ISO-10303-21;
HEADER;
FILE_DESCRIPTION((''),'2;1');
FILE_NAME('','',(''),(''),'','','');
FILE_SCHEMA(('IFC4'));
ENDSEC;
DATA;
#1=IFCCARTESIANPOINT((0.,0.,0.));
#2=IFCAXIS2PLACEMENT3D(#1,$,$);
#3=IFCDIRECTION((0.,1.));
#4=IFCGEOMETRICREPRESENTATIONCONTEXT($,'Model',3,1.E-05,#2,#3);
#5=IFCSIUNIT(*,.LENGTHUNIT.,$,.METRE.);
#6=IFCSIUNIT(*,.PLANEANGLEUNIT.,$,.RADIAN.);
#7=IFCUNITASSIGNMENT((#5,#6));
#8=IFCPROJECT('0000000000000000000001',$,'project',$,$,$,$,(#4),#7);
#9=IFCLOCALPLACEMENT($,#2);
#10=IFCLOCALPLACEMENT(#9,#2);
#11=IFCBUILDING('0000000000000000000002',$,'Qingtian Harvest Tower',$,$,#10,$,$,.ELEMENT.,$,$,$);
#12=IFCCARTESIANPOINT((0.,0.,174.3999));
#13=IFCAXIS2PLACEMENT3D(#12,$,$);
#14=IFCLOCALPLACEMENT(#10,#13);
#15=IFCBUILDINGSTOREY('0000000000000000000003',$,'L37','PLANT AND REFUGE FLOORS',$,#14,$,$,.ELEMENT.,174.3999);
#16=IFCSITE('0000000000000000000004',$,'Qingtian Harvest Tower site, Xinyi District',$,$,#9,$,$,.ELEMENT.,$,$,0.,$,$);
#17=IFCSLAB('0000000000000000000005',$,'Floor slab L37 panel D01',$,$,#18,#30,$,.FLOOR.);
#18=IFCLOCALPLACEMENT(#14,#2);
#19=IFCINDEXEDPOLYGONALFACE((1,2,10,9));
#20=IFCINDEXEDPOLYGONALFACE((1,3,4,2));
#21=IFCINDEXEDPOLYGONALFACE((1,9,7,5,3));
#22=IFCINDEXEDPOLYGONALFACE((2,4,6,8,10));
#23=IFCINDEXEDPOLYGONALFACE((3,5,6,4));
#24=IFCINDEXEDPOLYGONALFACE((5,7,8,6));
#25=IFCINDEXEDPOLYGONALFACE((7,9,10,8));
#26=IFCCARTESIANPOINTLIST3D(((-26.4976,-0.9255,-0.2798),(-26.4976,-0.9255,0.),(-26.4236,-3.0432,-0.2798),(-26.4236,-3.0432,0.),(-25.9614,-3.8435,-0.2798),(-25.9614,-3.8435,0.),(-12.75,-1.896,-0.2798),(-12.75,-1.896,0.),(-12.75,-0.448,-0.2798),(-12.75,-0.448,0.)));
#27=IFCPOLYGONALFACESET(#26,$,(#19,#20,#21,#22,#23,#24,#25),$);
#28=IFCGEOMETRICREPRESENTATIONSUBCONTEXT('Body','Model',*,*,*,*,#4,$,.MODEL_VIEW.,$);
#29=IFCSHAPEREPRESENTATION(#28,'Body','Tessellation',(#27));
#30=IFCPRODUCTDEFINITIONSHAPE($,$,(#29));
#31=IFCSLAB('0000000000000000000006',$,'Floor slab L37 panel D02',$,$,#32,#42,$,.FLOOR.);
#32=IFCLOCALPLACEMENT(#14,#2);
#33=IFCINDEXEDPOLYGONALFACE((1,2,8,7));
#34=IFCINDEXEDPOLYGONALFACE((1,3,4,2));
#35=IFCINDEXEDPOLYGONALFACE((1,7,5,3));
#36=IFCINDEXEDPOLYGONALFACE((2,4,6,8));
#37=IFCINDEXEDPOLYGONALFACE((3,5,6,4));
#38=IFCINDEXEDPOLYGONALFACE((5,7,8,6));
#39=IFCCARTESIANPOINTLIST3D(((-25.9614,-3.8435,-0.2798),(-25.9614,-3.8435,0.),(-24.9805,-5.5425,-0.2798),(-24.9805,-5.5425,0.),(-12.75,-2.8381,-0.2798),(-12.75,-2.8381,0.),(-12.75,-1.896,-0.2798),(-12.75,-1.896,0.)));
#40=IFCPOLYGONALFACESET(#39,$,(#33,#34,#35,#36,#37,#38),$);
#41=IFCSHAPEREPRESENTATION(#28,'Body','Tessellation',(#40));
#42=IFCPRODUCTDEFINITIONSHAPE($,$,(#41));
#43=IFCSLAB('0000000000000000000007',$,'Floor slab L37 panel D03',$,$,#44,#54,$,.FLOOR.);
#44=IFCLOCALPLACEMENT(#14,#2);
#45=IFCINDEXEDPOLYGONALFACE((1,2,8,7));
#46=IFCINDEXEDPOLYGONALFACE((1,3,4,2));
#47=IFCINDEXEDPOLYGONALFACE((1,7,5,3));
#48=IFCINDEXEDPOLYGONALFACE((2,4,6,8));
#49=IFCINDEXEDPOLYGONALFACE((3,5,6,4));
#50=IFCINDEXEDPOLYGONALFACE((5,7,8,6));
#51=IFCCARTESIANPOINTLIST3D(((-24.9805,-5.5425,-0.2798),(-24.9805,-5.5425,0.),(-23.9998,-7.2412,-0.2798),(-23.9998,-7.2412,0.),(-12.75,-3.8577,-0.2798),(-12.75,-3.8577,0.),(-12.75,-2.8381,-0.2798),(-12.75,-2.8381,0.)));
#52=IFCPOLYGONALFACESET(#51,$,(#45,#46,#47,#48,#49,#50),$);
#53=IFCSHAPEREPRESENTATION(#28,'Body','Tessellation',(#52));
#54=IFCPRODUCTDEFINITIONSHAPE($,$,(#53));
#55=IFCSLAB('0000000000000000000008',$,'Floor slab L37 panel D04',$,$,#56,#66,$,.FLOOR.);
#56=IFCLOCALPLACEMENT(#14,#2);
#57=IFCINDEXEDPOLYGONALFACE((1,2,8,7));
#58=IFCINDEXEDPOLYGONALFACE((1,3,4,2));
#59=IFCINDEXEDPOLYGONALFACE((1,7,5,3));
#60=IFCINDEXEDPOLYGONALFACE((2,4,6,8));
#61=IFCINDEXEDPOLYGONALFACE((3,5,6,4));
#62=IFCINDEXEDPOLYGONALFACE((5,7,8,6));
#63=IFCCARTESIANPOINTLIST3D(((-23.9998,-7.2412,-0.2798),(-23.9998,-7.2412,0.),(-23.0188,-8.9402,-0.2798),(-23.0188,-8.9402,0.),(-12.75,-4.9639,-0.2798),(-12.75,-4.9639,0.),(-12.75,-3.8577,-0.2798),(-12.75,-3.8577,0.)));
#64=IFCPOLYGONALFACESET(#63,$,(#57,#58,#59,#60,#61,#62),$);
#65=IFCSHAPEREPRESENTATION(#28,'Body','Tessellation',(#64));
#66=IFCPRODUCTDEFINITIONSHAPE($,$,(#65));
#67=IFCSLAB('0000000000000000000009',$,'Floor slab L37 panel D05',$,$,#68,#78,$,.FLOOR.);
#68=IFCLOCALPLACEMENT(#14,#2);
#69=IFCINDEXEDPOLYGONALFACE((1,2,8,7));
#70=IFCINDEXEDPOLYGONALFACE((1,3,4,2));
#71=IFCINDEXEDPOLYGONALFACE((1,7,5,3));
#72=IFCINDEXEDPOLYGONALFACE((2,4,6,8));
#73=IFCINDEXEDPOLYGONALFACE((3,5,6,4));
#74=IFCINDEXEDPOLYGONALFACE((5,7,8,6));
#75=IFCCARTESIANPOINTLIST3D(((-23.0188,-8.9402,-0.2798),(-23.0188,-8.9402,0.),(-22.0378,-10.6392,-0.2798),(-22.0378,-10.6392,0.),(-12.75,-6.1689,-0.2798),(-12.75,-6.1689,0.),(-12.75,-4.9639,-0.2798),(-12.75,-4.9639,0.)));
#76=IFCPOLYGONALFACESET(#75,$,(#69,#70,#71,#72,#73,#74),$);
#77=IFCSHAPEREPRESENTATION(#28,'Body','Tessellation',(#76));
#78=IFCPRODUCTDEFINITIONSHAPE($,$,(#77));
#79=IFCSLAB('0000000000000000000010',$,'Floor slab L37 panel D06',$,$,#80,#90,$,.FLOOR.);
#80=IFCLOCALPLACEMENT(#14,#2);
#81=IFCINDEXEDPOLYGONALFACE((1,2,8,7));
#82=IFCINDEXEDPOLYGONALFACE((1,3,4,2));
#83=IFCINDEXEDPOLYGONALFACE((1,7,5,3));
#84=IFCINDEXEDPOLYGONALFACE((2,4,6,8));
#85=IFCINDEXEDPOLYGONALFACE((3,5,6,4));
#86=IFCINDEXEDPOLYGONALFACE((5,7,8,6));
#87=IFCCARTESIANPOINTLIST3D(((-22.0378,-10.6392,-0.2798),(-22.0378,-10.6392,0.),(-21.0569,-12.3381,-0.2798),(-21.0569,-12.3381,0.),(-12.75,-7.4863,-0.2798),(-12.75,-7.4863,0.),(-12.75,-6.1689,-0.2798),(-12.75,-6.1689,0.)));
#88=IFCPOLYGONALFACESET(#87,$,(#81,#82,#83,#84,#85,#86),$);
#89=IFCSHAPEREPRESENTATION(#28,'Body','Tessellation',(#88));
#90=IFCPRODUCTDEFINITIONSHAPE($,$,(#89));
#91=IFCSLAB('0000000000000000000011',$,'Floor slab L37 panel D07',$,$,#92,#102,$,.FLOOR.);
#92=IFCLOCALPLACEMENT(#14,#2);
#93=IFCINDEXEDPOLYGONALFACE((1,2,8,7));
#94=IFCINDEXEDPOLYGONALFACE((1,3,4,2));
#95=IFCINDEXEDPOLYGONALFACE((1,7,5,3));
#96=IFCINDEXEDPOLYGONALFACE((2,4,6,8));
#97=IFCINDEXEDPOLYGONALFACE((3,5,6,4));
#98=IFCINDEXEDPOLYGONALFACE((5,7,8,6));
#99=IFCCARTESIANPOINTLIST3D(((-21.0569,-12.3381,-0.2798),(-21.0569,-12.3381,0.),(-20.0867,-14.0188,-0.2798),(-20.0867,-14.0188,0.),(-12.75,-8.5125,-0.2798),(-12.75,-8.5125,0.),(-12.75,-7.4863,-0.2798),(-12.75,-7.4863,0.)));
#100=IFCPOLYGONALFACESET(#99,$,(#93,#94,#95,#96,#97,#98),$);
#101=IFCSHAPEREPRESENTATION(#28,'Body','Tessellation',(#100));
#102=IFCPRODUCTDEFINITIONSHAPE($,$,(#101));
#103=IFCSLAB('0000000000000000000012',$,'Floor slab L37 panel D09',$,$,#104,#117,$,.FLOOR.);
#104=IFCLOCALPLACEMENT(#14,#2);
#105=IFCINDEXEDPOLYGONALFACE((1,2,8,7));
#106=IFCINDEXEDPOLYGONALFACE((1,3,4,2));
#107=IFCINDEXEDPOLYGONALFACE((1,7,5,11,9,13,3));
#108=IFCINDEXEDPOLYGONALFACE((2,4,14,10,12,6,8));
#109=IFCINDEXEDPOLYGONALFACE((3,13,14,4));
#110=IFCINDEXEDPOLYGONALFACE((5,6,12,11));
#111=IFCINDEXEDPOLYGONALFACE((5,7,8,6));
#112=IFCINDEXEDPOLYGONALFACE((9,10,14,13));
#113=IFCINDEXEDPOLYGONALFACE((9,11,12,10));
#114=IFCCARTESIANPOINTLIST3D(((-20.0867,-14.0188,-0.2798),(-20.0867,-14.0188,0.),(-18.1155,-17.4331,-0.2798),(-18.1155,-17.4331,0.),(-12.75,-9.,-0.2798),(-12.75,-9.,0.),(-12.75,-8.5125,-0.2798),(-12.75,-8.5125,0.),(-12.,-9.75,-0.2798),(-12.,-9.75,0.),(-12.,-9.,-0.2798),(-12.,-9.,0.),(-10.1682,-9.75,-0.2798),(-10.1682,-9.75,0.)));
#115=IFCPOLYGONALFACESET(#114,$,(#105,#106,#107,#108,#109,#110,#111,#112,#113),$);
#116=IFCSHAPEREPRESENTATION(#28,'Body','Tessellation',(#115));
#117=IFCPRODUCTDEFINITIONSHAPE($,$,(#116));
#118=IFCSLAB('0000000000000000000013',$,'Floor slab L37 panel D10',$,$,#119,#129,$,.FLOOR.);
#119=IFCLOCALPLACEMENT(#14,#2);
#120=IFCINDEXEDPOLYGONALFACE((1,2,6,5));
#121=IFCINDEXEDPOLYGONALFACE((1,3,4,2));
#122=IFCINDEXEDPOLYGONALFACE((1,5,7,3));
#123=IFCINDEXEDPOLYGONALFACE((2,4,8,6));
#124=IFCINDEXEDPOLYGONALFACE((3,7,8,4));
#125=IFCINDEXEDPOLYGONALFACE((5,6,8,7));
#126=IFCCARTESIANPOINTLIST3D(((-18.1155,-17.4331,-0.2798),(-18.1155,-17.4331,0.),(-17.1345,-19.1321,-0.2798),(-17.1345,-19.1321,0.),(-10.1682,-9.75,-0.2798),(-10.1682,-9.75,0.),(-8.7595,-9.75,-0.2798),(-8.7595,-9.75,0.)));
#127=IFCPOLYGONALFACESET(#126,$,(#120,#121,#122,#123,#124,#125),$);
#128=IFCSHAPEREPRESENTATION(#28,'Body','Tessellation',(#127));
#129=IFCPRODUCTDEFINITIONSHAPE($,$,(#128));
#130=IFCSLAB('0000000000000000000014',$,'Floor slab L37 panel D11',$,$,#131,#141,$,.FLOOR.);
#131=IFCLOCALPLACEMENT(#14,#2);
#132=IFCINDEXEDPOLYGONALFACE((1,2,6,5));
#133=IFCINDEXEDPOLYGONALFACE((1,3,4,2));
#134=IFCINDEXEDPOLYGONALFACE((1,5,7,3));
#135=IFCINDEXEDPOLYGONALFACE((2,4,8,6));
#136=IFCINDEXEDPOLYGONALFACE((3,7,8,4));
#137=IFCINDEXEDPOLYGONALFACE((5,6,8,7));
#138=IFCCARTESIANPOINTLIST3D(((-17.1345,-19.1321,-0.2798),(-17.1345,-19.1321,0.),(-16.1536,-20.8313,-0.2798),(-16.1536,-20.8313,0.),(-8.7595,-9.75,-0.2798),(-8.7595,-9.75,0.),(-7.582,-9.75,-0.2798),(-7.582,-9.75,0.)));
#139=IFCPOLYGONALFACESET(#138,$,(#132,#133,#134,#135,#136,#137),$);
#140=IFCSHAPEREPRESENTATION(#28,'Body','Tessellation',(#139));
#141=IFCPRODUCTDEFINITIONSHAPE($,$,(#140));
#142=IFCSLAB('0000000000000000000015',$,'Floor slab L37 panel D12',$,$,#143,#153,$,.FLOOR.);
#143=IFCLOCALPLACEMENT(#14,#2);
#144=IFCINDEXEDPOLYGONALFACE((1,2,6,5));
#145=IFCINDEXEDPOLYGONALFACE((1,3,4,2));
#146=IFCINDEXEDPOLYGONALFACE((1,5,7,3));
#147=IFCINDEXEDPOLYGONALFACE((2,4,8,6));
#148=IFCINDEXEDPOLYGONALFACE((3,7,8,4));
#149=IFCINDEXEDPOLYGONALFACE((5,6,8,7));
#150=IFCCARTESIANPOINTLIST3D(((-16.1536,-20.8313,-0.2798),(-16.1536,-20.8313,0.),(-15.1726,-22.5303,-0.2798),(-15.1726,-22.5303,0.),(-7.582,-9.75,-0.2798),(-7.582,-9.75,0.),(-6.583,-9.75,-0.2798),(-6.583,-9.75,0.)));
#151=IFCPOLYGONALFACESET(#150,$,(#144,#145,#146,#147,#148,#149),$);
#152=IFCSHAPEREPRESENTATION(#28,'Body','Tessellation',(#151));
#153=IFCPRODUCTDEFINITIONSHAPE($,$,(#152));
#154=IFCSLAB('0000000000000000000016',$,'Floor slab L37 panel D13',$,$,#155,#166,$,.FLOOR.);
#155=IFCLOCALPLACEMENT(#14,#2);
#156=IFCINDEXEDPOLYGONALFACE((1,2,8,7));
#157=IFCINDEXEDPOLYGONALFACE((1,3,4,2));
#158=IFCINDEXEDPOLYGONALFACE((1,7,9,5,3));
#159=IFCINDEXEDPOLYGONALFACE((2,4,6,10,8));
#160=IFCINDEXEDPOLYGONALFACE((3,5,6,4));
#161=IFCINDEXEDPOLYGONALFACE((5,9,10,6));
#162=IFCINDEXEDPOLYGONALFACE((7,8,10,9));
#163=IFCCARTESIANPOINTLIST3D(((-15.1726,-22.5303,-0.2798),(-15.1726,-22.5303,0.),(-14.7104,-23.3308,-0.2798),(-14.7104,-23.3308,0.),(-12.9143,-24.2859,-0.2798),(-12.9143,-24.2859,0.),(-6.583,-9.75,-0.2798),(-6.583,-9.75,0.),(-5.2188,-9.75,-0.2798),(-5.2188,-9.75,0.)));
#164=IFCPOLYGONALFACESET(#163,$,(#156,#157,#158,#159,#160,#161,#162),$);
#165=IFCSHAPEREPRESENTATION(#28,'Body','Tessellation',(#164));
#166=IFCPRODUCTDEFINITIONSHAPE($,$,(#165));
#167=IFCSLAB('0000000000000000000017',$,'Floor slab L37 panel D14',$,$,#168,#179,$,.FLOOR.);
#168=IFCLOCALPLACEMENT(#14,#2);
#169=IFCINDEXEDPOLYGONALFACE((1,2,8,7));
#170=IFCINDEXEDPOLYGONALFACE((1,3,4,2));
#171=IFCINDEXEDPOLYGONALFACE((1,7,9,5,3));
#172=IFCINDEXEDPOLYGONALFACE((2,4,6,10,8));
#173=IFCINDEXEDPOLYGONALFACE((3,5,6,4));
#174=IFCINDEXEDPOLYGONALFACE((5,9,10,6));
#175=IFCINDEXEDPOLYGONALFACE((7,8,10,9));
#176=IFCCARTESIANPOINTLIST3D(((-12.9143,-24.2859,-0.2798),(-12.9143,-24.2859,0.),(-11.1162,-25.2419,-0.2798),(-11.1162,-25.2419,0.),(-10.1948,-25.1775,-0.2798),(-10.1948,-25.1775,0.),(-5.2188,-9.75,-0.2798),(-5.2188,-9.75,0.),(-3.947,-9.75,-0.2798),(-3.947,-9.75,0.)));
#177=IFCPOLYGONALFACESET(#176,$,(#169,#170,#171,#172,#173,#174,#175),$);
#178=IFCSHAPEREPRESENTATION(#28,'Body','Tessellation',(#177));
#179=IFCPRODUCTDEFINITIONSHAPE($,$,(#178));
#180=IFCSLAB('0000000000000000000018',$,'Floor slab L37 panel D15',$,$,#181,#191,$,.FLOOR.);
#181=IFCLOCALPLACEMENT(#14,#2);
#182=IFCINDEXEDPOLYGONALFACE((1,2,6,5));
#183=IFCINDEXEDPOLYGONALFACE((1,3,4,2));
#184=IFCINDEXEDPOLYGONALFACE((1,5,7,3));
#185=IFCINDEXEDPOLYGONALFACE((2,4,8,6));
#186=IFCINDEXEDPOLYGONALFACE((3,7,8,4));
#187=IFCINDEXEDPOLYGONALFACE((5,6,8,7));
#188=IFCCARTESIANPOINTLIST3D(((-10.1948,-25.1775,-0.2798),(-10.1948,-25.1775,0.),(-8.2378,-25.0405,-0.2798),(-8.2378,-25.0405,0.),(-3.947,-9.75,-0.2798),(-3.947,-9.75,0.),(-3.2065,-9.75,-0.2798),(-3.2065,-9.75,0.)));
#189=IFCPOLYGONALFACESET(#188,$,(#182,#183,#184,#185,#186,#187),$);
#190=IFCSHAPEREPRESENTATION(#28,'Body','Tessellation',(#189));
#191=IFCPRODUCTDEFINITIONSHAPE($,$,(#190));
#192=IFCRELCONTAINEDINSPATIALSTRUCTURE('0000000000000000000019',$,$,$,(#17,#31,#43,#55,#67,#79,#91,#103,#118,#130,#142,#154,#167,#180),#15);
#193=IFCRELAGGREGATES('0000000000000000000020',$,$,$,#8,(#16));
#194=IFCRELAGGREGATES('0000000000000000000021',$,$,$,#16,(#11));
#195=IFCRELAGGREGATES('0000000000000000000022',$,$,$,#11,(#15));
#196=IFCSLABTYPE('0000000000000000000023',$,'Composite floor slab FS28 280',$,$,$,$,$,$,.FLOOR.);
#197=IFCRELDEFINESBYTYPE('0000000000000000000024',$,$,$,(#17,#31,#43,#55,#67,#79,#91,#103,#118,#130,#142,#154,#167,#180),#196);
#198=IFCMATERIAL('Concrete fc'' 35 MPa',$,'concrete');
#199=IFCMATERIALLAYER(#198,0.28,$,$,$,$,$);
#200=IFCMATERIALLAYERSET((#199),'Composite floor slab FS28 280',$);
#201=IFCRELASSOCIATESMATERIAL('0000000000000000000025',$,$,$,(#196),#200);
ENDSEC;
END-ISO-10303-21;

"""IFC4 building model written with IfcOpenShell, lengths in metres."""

from ifc_helpers import new_model, si_unit, direction, frame, origin, place, context, subcontext, project, spatial, polyline, outline, extrude, material, layer, layer_set, type_object, element, save


model = new_model("IFC4")

# Units and contexts
model_context = context("Model", 3, precision=1e-05, world=origin(), true_north=direction((0.0, 1.0)))
body_context = subcontext(model_context, "Body", "Model", "MODEL_VIEW")
ifc_project = project(units=[si_unit("LENGTHUNIT", "METRE"), si_unit("PLANEANGLEUNIT", "RADIAN")], contexts=[model_context])

# Site, building, storey
site_placement = place(None, origin())
site = spatial("IfcSite", under=ifc_project, at=site_placement, Name="Qingtian Harvest Tower site, Xinyi District", CompositionType="ELEMENT", RefElevation=0.0)
building_placement = place(site_placement, origin())
building = spatial("IfcBuilding", under=site, at=building_placement, Name="Qingtian Harvest Tower", CompositionType="ELEMENT")
storey_placement = place(building_placement, frame((0.0, 0.0, 174.3999)))
storey = spatial("IfcBuildingStorey", under=building, at=storey_placement, Name="L37", Description="PLANT AND REFUGE FLOORS", CompositionType="ELEMENT", Elevation=174.3999)

# Slabs
ifc_material_1 = material(Name="Concrete fc' 35 MPa", Category="concrete")
ifc_layer_1 = layer(ifc_material_1, 0.28)
ifc_layer_set_1 = layer_set([ifc_layer_1], Name="Composite floor slab FS28 280")
slab_type_1 = type_object("IfcSlabType", Name="Composite floor slab FS28 280", PredefinedType="FLOOR", material=ifc_layer_set_1)
slab_1_placement = place(storey_placement, frame((0.0, 0.0, -0.2798)))
element("IfcSlab", 1, at=slab_1_placement, inside=storey, type_object=slab_type_1, Name="Floor slab L37 panel D01", PredefinedType="FLOOR", context=body_context, shape_type="SweptSolid", body=[
    extrude(outline(polyline([(-26.4976, -0.9255), (-12.75, -0.448), (-12.75, -1.896), (-25.9614, -3.8435), (-26.4236, -3.0432), (-26.4976, -0.9255)])), origin(), (0.0, 0.0, 1.0), 0.2798),
])
slab_2_placement = place(storey_placement, frame((0.0, 0.0, -0.2798)))
element("IfcSlab", 2, at=slab_2_placement, inside=storey, type_object=slab_type_1, Name="Floor slab L37 panel D02", PredefinedType="FLOOR", context=body_context, shape_type="SweptSolid", body=[
    extrude(outline(polyline([(-12.75, -2.8381), (-24.9805, -5.5425), (-25.9614, -3.8435), (-12.75, -1.896), (-12.75, -2.8381)])), origin(), (0.0, 0.0, 1.0), 0.2798),
])
slab_3_placement = place(storey_placement, frame((0.0, 0.0, -0.2798)))
element("IfcSlab", 3, at=slab_3_placement, inside=storey, type_object=slab_type_1, Name="Floor slab L37 panel D03", PredefinedType="FLOOR", context=body_context, shape_type="SweptSolid", body=[
    extrude(outline(polyline([(-12.75, -3.8577), (-23.9998, -7.2412), (-24.9805, -5.5425), (-12.75, -2.8381), (-12.75, -3.8577)])), origin(), (0.0, 0.0, 1.0), 0.2798),
])
slab_4_placement = place(storey_placement, frame((0.0, 0.0, -0.2798)))
element("IfcSlab", 4, at=slab_4_placement, inside=storey, type_object=slab_type_1, Name="Floor slab L37 panel D04", PredefinedType="FLOOR", context=body_context, shape_type="SweptSolid", body=[
    extrude(outline(polyline([(-12.75, -4.9639), (-23.0188, -8.9402), (-23.9998, -7.2412), (-12.75, -3.8577), (-12.75, -4.9639)])), origin(), (0.0, 0.0, 1.0), 0.2798),
])
slab_5_placement = place(storey_placement, frame((0.0, 0.0, -0.2798)))
element("IfcSlab", 5, at=slab_5_placement, inside=storey, type_object=slab_type_1, Name="Floor slab L37 panel D05", PredefinedType="FLOOR", context=body_context, shape_type="SweptSolid", body=[
    extrude(outline(polyline([(-12.75, -6.1689), (-22.0378, -10.6392), (-23.0188, -8.9402), (-12.75, -4.9639), (-12.75, -6.1689)])), origin(), (0.0, 0.0, 1.0), 0.2798),
])
slab_6_placement = place(storey_placement, frame((0.0, 0.0, -0.2798)))
element("IfcSlab", 6, at=slab_6_placement, inside=storey, type_object=slab_type_1, Name="Floor slab L37 panel D06", PredefinedType="FLOOR", context=body_context, shape_type="SweptSolid", body=[
    extrude(outline(polyline([(-12.75, -7.4863), (-21.0569, -12.3381), (-22.0378, -10.6392), (-12.75, -6.1689), (-12.75, -7.4863)])), origin(), (0.0, 0.0, 1.0), 0.2798),
])
slab_7_placement = place(storey_placement, frame((0.0, 0.0, -0.2798)))
element("IfcSlab", 7, at=slab_7_placement, inside=storey, type_object=slab_type_1, Name="Floor slab L37 panel D07", PredefinedType="FLOOR", context=body_context, shape_type="SweptSolid", body=[
    extrude(outline(polyline([(-12.75, -8.5125), (-20.0867, -14.0188), (-21.0569, -12.3381), (-12.75, -7.4863), (-12.75, -8.5125)])), origin(), (0.0, 0.0, 1.0), 0.2798),
])
slab_8_placement = place(storey_placement, frame((0.0, 0.0, -0.2798)))
element("IfcSlab", 8, at=slab_8_placement, inside=storey, type_object=slab_type_1, Name="Floor slab L37 panel D09", PredefinedType="FLOOR", context=body_context, shape_type="SweptSolid", body=[
    extrude(outline(polyline([(-18.1155, -17.4331), (-20.0867, -14.0188), (-12.75, -8.5125), (-12.75, -9.0), (-12.0, -9.0), (-12.0, -9.75), (-10.1682, -9.75), (-18.1155, -17.4331)])), origin(), (0.0, 0.0, 1.0), 0.2798),
])
slab_9_placement = place(storey_placement, frame((0.0, 0.0, -0.2798)))
element("IfcSlab", 9, at=slab_9_placement, inside=storey, type_object=slab_type_1, Name="Floor slab L37 panel D10", PredefinedType="FLOOR", context=body_context, shape_type="SweptSolid", body=[
    extrude(outline(polyline([(-8.7595, -9.75), (-17.1345, -19.1321), (-18.1155, -17.4331), (-10.1682, -9.75), (-8.7595, -9.75)])), origin(), (0.0, 0.0, 1.0), 0.2798),
])
slab_10_placement = place(storey_placement, frame((0.0, 0.0, -0.2798)))
element("IfcSlab", 10, at=slab_10_placement, inside=storey, type_object=slab_type_1, Name="Floor slab L37 panel D11", PredefinedType="FLOOR", context=body_context, shape_type="SweptSolid", body=[
    extrude(outline(polyline([(-7.582, -9.75), (-16.1536, -20.8313), (-17.1345, -19.1321), (-8.7595, -9.75), (-7.582, -9.75)])), origin(), (0.0, 0.0, 1.0), 0.2798),
])
slab_11_placement = place(storey_placement, frame((0.0, 0.0, -0.2798)))
element("IfcSlab", 11, at=slab_11_placement, inside=storey, type_object=slab_type_1, Name="Floor slab L37 panel D12", PredefinedType="FLOOR", context=body_context, shape_type="SweptSolid", body=[
    extrude(outline(polyline([(-6.583, -9.75), (-15.1726, -22.5303), (-16.1536, -20.8313), (-7.582, -9.75), (-6.583, -9.75)])), origin(), (0.0, 0.0, 1.0), 0.2798),
])
slab_12_placement = place(storey_placement, frame((0.0, 0.0, -0.2798)))
element("IfcSlab", 12, at=slab_12_placement, inside=storey, type_object=slab_type_1, Name="Floor slab L37 panel D13", PredefinedType="FLOOR", context=body_context, shape_type="SweptSolid", body=[
    extrude(outline(polyline([(-6.583, -9.75), (-5.2188, -9.75), (-12.9143, -24.2859), (-14.7104, -23.3308), (-15.1726, -22.5303), (-6.583, -9.75)])), origin(), (0.0, 0.0, 1.0), 0.2798),
])
slab_13_placement = place(storey_placement, frame((0.0, 0.0, -0.2798)))
element("IfcSlab", 13, at=slab_13_placement, inside=storey, type_object=slab_type_1, Name="Floor slab L37 panel D14", PredefinedType="FLOOR", context=body_context, shape_type="SweptSolid", body=[
    extrude(outline(polyline([(-5.2188, -9.75), (-3.947, -9.75), (-10.1948, -25.1775), (-11.1162, -25.2419), (-12.9143, -24.2859), (-5.2188, -9.75)])), origin(), (0.0, 0.0, 1.0), 0.2798),
])
slab_14_placement = place(storey_placement, frame((0.0, 0.0, -0.2798)))
element("IfcSlab", 14, at=slab_14_placement, inside=storey, type_object=slab_type_1, Name="Floor slab L37 panel D15", PredefinedType="FLOOR", context=body_context, shape_type="SweptSolid", body=[
    extrude(outline(polyline([(-3.2065, -9.75), (-8.2378, -25.0405), (-10.1948, -25.1775), (-3.947, -9.75), (-3.2065, -9.75)])), origin(), (0.0, 0.0, 1.0), 0.2798),
])

save(model, "model.ifc")
